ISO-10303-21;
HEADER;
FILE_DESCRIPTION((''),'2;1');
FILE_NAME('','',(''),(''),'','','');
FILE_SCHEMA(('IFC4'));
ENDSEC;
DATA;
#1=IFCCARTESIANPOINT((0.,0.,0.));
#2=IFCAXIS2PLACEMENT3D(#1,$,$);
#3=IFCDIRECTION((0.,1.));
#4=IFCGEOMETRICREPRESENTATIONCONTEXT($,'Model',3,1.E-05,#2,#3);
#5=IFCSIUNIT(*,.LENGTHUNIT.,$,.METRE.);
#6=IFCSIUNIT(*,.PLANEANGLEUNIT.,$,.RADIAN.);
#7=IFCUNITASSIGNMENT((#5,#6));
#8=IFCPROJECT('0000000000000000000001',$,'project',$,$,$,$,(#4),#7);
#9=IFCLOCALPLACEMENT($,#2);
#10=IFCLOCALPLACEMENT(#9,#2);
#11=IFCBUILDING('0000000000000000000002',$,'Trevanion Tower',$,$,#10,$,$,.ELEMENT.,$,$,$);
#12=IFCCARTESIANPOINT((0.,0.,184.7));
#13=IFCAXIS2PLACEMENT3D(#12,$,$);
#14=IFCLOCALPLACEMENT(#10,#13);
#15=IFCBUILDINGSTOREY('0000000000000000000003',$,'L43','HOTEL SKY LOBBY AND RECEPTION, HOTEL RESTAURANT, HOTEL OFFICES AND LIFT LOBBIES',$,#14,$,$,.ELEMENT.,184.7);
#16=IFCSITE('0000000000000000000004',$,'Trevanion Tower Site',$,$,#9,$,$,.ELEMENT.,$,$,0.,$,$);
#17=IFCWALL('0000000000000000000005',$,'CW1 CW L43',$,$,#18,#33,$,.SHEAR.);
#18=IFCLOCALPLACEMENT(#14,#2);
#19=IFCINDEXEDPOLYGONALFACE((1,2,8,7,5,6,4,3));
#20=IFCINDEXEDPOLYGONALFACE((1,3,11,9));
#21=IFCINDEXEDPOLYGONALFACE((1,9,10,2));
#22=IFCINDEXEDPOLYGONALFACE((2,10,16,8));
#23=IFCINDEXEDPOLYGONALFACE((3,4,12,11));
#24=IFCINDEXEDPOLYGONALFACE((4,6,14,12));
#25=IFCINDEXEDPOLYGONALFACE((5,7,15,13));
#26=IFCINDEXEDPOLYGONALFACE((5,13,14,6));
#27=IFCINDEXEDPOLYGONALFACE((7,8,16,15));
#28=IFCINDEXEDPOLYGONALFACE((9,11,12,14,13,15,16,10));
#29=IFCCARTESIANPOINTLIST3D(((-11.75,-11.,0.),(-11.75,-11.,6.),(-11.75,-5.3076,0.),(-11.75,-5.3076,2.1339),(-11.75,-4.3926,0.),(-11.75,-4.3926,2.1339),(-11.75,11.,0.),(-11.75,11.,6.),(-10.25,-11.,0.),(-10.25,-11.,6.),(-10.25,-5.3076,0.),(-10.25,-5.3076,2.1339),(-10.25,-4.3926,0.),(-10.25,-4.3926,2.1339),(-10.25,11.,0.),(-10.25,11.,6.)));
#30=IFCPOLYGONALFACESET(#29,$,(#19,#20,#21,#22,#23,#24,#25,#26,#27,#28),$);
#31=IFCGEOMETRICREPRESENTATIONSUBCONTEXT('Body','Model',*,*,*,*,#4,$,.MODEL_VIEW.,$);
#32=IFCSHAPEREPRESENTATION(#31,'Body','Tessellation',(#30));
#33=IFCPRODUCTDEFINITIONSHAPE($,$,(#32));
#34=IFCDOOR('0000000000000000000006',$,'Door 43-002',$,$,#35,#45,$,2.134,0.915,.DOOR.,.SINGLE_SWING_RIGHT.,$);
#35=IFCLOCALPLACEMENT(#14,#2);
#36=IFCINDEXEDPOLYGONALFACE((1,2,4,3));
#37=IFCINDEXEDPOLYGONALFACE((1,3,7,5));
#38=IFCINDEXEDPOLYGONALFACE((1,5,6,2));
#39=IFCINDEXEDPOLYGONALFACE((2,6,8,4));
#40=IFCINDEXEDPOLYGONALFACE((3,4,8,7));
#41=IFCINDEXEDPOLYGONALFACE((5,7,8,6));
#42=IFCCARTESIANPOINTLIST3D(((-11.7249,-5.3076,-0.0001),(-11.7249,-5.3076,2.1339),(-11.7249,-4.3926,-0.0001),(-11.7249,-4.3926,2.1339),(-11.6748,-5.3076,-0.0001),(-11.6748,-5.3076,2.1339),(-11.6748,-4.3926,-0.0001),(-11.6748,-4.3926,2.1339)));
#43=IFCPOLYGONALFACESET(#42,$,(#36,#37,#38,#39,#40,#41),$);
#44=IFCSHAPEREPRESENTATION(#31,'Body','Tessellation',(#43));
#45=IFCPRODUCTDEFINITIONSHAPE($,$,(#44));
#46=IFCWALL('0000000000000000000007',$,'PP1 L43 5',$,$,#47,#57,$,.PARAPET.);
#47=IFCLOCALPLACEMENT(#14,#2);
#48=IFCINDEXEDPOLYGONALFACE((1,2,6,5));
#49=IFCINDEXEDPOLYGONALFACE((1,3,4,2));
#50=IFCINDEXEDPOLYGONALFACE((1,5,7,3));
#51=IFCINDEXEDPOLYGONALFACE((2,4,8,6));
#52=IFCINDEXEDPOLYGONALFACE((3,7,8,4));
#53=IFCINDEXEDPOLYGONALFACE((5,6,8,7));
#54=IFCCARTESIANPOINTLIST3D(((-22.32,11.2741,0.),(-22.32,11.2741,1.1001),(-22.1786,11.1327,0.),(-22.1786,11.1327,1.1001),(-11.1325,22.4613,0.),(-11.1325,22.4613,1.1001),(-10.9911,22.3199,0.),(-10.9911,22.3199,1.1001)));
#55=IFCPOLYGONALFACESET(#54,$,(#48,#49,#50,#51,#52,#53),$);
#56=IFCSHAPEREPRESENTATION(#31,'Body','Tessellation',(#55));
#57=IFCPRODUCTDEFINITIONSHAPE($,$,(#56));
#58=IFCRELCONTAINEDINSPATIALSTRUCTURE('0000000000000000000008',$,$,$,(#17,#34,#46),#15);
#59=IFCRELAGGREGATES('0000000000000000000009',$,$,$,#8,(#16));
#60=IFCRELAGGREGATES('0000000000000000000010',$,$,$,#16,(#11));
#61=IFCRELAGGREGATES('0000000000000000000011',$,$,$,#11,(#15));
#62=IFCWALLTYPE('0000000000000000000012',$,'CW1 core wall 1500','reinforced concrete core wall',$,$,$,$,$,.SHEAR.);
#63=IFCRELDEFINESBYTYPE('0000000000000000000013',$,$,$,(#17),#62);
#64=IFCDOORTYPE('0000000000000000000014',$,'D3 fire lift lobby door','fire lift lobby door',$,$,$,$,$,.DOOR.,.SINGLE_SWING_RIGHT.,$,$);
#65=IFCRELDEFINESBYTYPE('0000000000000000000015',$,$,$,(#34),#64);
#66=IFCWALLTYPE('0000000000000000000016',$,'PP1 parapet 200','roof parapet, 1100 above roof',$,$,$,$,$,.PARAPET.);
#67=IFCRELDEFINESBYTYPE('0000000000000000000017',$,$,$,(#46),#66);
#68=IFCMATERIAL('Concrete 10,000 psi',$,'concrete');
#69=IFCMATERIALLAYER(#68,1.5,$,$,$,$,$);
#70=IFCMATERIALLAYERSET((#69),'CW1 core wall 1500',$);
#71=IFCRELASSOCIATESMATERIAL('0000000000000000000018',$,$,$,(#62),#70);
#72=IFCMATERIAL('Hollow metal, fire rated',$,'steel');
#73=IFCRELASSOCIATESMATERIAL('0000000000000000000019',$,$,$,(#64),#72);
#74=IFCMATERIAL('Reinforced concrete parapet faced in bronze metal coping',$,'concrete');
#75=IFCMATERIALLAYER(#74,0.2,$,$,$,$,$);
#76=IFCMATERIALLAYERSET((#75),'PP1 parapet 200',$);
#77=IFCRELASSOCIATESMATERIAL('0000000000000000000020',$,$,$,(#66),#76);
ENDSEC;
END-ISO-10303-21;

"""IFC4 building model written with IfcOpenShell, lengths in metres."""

from ifc_helpers import new_model, si_unit, direction, frame, frame_2d, origin, place, context, subcontext, project, spatial, rectangle, extrude, material, layer, layer_set, type_object, element, fill, save


model = new_model("IFC4")

# Units and contexts
model_context = context("Model", 3, precision=1e-05, world=origin(), true_north=direction((0.0, 1.0)))
body_context = subcontext(model_context, "Body", "Model", "MODEL_VIEW")
ifc_project = project(units=[si_unit("LENGTHUNIT", "METRE"), si_unit("PLANEANGLEUNIT", "RADIAN")], contexts=[model_context])

# Site, building, storey
site_placement = place(None, origin())
site = spatial("IfcSite", under=ifc_project, at=site_placement, Name="Trevanion Tower Site", CompositionType="ELEMENT", RefElevation=0.0)
building_placement = place(site_placement, origin())
building = spatial("IfcBuilding", under=site, at=building_placement, Name="Trevanion Tower", CompositionType="ELEMENT")
storey_placement = place(building_placement, frame((0.0, 0.0, 184.7)))
storey = spatial("IfcBuildingStorey", under=building, at=storey_placement, Name="L43", Description="HOTEL SKY LOBBY AND RECEPTION, HOTEL RESTAURANT, HOTEL OFFICES AND LIFT LOBBIES", CompositionType="ELEMENT", Elevation=184.7)

# Wall, opening, door
ifc_material_1 = material(Name="Concrete 10,000 psi", Category="concrete")
ifc_layer_1 = layer(ifc_material_1, 1.5)
ifc_layer_set_1 = layer_set([ifc_layer_1], Name="CW1 core wall 1500")
wall_type_1 = type_object("IfcWallType", Name="CW1 core wall 1500", Description="reinforced concrete core wall", PredefinedType="SHEAR", material=ifc_layer_set_1)
wall_1_placement = place(storey_placement, frame((-11.0, 11.0, 0.0), z_axis=(0.0, 0.0, 1.0), x_axis=(0.0, -1.0, 0.0)))
wall_1 = element("IfcWall", 1, at=wall_1_placement, inside=storey, type_object=wall_type_1, Name="CW1 CW L43", PredefinedType="SHEAR", context=body_context, shape_type="SweptSolid", body=[
    extrude(rectangle(XDim=22.0, YDim=1.5, at=frame_2d((11.0, 0.0))), origin(), (0.0, 0.0, 1.0), 6.0),
])
opening_placement = place(wall_1_placement, frame((15.3926, 0.0, 0.0)))
opening = element("IfcOpeningElement", 2, at=opening_placement, cuts=wall_1, PredefinedType="OPENING", context=body_context, shape_type="SweptSolid", body=[
    extrude(rectangle(XDim=0.915, YDim=2.134, at=frame_2d((0.4575, 1.0669))), frame((0.0, 0.76, 0.0), z_axis=(0.0, -1.0, 0.0), x_axis=(1.0, 0.0, 0.0)), (0.0, 0.0, 1.0), 1.52),
])
ifc_material_2 = material(Name="Hollow metal, fire rated", Category="steel")
door_type = type_object("IfcDoorType", Name="D3 fire lift lobby door", Description="fire lift lobby door", OperationType="SINGLE_SWING_RIGHT", PredefinedType="DOOR", material=ifc_material_2)
door_placement = place(opening_placement, origin())
door = element("IfcDoor", 3, at=door_placement, inside=storey, type_object=door_type, Name="Door 43-002", OperationType="SINGLE_SWING_RIGHT", OverallHeight=2.134, OverallWidth=0.915, PredefinedType="DOOR", context=body_context, shape_type="SweptSolid", body=[
    extrude(rectangle(XDim=0.915, YDim=2.134, at=frame_2d((0.4575, 1.0669))), frame((0.0, -0.6748, 0.0), z_axis=(0.0, -1.0, 0.0), x_axis=(1.0, 0.0, 0.0)), (0.0, 0.0, 1.0), 0.05),
])
fill(opening, door)

# Wall
ifc_material_3 = material(Name="Reinforced concrete parapet faced in bronze metal coping", Category="concrete")
ifc_layer_2 = layer(ifc_material_3, 0.2)
ifc_layer_set_2 = layer_set([ifc_layer_2], Name="PP1 parapet 200")
wall_type_2 = type_object("IfcWallType", Name="PP1 parapet 200", Description="roof parapet, 1100 above roof", PredefinedType="PARAPET", material=ifc_layer_set_2)
wall_2_placement = place(storey_placement, frame((-22.2493, 11.2034, 0.0), z_axis=(0.0, 0.0, 1.0), x_axis=(0.707114, 0.707099, 0.0)))
element("IfcWall", 4, at=wall_2_placement, inside=storey, type_object=wall_type_2, Name="PP1 L43 5", PredefinedType="PARAPET", context=body_context, shape_type="SweptSolid", body=[
    extrude(rectangle(XDim=15.8213, YDim=0.2, at=frame_2d((7.9106, 0.0))), origin(), (0.0, 0.0, 1.0), 1.1001),
])

save(model, "model.ifc")
